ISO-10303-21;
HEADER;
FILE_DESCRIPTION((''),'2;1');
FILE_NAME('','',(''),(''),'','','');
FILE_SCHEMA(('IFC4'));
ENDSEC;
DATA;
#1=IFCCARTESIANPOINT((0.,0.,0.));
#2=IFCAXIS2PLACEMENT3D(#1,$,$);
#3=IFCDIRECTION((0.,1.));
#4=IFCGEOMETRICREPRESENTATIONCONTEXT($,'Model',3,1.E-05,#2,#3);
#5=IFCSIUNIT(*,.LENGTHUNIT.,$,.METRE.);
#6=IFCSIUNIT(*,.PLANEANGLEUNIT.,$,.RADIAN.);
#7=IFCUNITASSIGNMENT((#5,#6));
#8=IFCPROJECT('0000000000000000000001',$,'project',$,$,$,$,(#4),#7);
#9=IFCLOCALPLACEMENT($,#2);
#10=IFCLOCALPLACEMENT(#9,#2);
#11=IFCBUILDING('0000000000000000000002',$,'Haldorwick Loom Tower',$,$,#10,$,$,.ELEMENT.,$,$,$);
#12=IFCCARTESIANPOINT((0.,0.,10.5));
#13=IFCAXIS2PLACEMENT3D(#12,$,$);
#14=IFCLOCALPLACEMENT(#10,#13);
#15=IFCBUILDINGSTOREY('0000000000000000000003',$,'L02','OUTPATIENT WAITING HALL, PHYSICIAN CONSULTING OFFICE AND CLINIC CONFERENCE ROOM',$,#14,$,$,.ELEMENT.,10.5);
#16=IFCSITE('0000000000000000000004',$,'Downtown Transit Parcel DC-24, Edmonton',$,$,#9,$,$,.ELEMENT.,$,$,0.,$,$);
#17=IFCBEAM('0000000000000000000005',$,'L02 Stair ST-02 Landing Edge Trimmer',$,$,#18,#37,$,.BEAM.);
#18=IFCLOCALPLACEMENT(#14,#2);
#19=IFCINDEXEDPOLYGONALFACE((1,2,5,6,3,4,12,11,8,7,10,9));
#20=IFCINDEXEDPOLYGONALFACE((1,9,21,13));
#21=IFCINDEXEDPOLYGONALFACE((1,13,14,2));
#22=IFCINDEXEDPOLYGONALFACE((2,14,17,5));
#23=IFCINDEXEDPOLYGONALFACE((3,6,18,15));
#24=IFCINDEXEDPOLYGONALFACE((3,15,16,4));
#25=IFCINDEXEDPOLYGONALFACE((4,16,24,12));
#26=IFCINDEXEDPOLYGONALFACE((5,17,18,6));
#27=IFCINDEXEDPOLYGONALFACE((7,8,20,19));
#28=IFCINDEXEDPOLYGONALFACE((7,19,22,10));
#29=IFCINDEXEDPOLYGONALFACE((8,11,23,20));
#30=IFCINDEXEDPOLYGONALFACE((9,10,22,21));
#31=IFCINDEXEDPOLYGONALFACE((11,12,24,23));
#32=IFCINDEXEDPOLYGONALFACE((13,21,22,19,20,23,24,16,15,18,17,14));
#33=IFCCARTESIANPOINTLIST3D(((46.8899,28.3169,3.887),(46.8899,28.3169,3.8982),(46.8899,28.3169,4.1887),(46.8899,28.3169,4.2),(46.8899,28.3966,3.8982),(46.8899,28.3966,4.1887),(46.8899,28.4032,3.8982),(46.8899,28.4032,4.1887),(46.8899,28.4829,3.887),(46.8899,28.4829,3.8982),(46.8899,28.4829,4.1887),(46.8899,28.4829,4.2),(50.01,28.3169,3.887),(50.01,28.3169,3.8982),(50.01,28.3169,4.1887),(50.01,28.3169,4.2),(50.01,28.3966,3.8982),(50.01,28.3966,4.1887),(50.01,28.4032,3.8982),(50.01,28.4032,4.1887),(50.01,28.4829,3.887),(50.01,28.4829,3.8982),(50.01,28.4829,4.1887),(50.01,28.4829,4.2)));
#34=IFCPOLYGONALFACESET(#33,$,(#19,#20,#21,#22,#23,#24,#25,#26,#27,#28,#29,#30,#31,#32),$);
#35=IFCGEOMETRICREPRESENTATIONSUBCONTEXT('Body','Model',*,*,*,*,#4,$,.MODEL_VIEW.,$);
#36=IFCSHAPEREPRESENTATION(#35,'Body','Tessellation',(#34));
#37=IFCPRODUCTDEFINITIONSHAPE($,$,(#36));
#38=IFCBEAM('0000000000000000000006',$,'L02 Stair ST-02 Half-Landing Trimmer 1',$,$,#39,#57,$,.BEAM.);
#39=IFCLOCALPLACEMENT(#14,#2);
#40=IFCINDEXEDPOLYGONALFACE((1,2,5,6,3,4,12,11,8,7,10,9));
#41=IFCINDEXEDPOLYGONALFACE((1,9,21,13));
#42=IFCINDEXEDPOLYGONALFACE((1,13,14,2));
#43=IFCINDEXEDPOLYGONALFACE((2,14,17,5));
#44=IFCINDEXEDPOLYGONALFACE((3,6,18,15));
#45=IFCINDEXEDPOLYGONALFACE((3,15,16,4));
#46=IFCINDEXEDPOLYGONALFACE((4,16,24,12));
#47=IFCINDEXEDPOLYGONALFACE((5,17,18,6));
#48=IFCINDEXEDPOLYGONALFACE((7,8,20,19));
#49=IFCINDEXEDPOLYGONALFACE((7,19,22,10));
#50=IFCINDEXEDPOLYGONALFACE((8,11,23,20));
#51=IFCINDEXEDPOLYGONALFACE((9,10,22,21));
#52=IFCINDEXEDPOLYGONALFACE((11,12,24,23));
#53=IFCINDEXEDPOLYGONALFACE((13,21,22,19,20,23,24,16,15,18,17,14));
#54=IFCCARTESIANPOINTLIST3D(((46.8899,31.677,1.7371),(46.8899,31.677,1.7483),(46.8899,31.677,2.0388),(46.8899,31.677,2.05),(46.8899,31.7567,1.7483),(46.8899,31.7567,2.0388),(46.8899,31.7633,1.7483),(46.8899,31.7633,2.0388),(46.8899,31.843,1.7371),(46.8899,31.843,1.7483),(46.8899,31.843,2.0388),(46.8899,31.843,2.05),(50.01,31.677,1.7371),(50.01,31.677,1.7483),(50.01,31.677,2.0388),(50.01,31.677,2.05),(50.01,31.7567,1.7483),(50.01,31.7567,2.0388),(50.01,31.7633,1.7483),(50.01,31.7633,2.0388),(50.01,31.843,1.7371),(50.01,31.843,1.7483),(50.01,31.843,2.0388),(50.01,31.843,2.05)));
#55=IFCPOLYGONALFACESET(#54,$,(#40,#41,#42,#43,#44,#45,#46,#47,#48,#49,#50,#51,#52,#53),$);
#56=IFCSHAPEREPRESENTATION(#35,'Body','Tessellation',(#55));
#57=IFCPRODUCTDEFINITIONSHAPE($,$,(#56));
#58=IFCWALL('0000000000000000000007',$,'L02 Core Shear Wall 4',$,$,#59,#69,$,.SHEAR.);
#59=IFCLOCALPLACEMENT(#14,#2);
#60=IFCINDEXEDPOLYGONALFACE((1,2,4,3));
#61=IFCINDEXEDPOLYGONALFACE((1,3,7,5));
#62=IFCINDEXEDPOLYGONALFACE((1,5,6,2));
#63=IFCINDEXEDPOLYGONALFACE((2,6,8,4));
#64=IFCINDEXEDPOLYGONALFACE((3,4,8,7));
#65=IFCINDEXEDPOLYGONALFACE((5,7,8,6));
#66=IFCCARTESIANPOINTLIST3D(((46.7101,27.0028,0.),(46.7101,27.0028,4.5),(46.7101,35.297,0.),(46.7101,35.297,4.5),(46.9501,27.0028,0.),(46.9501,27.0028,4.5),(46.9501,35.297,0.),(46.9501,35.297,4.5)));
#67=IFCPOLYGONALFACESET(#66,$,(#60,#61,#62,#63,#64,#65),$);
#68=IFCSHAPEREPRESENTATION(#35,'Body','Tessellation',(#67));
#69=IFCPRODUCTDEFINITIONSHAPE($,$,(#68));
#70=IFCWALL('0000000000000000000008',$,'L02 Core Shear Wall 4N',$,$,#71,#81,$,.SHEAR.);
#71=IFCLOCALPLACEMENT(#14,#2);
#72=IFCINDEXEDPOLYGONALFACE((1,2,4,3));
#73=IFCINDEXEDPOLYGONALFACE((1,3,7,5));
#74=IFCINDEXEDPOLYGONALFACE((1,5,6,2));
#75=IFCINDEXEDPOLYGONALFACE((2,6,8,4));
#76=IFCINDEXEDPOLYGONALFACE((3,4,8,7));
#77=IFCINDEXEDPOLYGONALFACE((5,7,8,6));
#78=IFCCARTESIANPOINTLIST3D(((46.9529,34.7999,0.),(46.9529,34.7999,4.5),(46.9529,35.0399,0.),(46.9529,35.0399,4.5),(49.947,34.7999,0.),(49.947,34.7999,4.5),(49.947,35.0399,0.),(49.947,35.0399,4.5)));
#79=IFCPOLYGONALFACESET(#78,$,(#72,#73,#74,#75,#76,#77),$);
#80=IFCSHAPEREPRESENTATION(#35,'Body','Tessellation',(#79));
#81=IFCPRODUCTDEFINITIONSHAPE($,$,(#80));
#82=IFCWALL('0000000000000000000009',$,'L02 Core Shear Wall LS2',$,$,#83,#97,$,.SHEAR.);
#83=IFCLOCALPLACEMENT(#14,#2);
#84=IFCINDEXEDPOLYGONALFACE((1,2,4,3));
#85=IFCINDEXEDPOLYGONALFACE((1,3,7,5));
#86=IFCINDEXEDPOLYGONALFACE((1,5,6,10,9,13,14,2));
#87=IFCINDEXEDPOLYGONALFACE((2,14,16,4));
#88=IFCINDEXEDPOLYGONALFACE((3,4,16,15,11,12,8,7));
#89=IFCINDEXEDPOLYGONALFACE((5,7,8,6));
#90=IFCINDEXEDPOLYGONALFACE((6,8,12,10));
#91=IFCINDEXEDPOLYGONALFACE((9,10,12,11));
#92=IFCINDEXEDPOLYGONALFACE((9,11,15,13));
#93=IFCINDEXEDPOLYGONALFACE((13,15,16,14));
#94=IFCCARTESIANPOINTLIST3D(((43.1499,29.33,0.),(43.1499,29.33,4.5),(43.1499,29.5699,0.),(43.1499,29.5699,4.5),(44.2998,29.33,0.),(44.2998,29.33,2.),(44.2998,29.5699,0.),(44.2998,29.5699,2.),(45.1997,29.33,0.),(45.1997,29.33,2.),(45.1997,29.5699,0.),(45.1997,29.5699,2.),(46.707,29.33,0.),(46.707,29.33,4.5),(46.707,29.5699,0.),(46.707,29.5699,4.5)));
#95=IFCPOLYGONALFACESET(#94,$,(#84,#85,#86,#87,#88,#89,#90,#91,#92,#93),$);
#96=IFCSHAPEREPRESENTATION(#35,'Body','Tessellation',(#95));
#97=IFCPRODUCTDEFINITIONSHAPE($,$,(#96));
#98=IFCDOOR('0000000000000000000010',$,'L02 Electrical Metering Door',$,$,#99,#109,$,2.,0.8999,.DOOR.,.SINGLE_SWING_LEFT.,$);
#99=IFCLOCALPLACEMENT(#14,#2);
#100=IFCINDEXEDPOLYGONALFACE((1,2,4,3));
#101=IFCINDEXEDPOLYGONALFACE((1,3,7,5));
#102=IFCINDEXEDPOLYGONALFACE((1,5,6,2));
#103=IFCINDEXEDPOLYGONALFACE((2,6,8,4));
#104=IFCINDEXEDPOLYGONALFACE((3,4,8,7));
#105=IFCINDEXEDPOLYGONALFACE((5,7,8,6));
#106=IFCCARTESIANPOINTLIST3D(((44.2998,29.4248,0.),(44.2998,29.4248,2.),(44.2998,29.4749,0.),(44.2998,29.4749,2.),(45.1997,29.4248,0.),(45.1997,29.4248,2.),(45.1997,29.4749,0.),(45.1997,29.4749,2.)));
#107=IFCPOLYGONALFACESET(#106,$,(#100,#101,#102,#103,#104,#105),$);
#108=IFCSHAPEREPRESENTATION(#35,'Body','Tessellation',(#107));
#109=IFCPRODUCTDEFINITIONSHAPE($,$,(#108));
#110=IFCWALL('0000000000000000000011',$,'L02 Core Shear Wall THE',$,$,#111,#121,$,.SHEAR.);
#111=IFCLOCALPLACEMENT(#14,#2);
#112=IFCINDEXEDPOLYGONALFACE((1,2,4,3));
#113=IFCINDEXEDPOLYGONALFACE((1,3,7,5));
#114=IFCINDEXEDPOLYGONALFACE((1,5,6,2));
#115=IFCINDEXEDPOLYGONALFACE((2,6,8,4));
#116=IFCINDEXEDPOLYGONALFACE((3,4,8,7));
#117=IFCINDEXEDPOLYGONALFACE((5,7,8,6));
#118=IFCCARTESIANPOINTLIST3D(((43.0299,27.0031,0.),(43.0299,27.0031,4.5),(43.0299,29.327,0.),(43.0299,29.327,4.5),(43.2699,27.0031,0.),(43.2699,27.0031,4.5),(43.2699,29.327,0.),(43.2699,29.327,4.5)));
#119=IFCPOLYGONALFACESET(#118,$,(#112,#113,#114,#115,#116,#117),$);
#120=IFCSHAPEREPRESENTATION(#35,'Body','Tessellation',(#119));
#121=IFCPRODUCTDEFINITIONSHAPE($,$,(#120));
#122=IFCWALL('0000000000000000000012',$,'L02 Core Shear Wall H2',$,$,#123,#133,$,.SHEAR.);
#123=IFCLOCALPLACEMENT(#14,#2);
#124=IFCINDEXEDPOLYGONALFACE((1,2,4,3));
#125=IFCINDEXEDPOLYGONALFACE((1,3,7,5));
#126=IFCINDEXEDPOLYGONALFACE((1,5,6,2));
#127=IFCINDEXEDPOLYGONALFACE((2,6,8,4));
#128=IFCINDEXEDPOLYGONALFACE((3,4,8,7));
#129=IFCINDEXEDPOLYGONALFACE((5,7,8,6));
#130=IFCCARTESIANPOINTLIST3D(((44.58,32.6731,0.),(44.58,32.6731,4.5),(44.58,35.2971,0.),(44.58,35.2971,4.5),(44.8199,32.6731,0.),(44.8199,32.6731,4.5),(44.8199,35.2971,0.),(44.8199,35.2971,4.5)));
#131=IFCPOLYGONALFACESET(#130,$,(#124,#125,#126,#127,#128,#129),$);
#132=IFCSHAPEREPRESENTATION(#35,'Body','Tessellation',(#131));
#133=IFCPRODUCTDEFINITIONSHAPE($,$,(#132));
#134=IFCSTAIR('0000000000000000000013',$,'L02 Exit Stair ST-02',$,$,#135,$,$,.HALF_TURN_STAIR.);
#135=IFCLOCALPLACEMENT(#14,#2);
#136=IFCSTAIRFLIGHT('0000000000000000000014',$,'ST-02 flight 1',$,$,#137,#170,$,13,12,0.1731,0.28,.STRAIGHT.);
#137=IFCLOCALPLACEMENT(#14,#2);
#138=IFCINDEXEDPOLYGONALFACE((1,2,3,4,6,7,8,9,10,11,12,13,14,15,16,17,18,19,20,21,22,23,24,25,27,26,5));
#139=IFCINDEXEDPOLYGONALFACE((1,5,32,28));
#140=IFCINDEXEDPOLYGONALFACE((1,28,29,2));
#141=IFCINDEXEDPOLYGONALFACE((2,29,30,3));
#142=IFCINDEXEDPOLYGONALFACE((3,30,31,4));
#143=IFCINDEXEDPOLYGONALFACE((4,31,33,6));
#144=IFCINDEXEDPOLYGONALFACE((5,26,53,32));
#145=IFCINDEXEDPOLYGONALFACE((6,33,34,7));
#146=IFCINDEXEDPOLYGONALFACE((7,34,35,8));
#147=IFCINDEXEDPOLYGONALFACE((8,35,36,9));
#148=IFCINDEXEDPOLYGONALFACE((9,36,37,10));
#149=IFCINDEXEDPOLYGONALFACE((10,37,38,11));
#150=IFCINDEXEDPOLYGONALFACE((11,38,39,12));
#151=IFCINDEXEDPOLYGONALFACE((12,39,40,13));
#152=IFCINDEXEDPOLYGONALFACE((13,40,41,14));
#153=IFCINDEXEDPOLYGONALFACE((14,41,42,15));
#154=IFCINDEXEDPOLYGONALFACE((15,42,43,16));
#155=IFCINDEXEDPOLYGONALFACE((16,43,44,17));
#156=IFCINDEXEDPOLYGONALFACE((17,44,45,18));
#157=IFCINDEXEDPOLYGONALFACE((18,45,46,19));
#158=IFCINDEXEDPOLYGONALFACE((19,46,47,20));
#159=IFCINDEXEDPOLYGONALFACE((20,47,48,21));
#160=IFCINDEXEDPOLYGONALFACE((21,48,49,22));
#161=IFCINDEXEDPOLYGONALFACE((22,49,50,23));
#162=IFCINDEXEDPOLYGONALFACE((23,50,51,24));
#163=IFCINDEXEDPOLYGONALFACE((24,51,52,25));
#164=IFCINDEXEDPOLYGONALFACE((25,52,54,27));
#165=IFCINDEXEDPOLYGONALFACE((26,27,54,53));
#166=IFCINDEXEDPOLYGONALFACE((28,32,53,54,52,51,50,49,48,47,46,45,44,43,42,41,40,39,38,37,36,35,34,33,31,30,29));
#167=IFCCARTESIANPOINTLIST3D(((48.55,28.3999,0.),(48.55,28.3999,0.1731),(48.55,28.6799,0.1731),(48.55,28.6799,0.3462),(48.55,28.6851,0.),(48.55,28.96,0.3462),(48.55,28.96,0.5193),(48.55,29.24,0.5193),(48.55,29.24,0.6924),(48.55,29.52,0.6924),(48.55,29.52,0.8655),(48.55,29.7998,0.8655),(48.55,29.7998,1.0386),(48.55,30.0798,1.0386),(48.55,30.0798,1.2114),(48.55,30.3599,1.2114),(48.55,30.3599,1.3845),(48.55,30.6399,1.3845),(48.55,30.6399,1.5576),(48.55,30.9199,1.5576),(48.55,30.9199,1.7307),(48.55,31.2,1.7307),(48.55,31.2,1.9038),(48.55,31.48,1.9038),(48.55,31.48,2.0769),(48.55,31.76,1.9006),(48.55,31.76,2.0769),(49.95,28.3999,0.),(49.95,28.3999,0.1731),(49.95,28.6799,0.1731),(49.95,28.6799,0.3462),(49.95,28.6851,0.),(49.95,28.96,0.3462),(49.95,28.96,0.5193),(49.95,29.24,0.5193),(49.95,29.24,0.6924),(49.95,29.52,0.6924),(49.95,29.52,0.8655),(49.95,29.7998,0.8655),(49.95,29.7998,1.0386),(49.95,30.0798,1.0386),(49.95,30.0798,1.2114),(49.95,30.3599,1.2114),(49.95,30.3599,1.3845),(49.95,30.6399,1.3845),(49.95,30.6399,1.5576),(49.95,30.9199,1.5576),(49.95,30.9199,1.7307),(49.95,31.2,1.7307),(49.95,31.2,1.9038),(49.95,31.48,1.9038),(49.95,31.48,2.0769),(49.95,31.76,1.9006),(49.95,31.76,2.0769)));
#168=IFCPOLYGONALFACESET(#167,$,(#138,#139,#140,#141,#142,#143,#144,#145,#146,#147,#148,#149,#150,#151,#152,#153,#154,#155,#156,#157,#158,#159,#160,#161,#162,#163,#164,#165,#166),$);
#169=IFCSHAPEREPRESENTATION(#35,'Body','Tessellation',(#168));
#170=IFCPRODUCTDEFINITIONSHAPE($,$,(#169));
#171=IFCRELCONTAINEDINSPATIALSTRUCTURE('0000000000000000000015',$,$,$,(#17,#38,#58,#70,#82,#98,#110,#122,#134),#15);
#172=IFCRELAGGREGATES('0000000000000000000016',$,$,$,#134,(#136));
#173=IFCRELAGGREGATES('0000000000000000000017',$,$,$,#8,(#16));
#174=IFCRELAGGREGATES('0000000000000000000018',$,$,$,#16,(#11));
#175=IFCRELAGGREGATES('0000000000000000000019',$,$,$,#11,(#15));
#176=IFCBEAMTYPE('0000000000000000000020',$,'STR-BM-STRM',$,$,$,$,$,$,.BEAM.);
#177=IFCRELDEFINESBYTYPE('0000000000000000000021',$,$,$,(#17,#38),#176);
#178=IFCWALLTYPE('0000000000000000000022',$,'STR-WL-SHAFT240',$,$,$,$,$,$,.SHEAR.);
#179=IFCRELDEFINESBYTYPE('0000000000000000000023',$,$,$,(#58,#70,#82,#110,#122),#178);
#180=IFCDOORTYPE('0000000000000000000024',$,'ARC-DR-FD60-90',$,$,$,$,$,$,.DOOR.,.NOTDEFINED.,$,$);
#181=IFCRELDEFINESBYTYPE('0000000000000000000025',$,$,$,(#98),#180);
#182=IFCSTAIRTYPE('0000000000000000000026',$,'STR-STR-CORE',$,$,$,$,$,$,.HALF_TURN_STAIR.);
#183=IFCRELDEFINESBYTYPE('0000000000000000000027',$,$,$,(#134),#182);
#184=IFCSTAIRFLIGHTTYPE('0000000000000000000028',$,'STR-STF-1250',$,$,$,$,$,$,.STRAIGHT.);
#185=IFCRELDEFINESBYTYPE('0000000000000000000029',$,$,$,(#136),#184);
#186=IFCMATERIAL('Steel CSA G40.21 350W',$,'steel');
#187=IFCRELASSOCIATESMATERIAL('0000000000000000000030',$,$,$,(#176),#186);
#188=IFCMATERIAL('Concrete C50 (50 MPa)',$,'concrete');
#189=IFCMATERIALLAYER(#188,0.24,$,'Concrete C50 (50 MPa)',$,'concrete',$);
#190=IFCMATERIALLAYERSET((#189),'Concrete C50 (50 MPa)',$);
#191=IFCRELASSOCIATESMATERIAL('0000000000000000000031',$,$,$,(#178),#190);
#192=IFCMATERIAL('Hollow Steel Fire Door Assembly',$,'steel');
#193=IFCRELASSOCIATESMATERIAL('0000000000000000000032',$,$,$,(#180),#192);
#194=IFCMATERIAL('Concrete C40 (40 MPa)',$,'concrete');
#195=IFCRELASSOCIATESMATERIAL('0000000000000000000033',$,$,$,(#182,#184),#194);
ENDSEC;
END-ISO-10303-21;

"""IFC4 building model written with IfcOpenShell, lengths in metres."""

from ifc_helpers import new_model, si_unit, direction, frame, frame_2d, origin, origin_2d, place, context, subcontext, project, spatial, polyline, rectangle, i_section, outline, extrude, material, layer, layer_set, material_profile, profile_set, type_object, element, fill, aggregate, save


model = new_model("IFC4")

# Units and contexts
model_context = context("Model", 3, precision=1e-05, world=origin(), true_north=direction((0.0, 1.0)))
body_context = subcontext(model_context, "Body", "Model", "MODEL_VIEW")
ifc_project = project(units=[si_unit("LENGTHUNIT", "METRE"), si_unit("PLANEANGLEUNIT", "RADIAN")], contexts=[model_context])

# Site, building, storey
site_placement = place(None, origin())
site = spatial("IfcSite", under=ifc_project, at=site_placement, Name="Downtown Transit Parcel DC-24, Edmonton", CompositionType="ELEMENT", RefElevation=0.0)
building_placement = place(site_placement, origin())
building = spatial("IfcBuilding", under=site, at=building_placement, Name="Haldorwick Loom Tower", CompositionType="ELEMENT")
storey_placement = place(building_placement, frame((0.0, 0.0, 10.5)))
storey = spatial("IfcBuildingStorey", under=building, at=storey_placement, Name="L02", Description="OUTPATIENT WAITING HALL, PHYSICIAN CONSULTING OFFICE AND CLINIC CONFERENCE ROOM", CompositionType="ELEMENT", Elevation=10.5)

# Beams
ifc_material_1 = material(Name="Steel CSA G40.21 350W", Category="steel")
ifc_material_profile_1 = material_profile(ifc_material_1, i_section(OverallWidth=0.166, OverallDepth=0.313, WebThickness=0.0066, FlangeThickness=0.0112, at=origin_2d()), Name="W310X45", Category="steel")
ifc_profile_set_1 = profile_set([ifc_material_profile_1], Name="Steel CSA G40.21 350W")
beam_type = type_object("IfcBeamType", Name="STR-BM-STRM", PredefinedType="BEAM", material=ifc_profile_set_1)
for number, where, z_axis, x_axis, name in (
    (1, (46.8899, 28.3999, 4.0435), (1.0, 0.0, 0.0), (0.0, 1.0, 0.0), "L02 Stair ST-02 Landing Edge Trimmer"),
    (2, (46.8899, 31.76, 1.8936), (1.0, 0.0, 0.0), (0.0, 1.0, 0.0), "L02 Stair ST-02 Half-Landing Trimmer 1"),
):
    element("IfcBeam", number, at=place(storey_placement, frame(where, z_axis=z_axis, x_axis=x_axis)), inside=storey, type_object=beam_type, Name=name, PredefinedType="BEAM", context=body_context, shape_type="SweptSolid", body=[
        extrude(i_section(OverallWidth=0.166, OverallDepth=0.313, WebThickness=0.0066, FlangeThickness=0.0112, at=origin_2d()), origin(), (0.0, 0.0, 1.0), 3.1201),
    ])

# Walls
ifc_material_2 = material(Name="Concrete C50 (50 MPa)", Category="concrete")
ifc_layer = layer(ifc_material_2, 0.24, Name="Concrete C50 (50 MPa)", Category="concrete")
ifc_layer_set = layer_set([ifc_layer], Name="Concrete C50 (50 MPa)")
wall_type = type_object("IfcWallType", Name="STR-WL-SHAFT240", PredefinedType="SHEAR", material=ifc_layer_set)
wall_1_placement = place(storey_placement, frame((46.8301, 27.0029, 0.0), z_axis=(0.0, 0.0, 1.0), x_axis=(0.0, 1.0, 0.0)))
element("IfcWall", 3, at=wall_1_placement, inside=storey, type_object=wall_type, Name="L02 Core Shear Wall 4", PredefinedType="SHEAR", context=body_context, shape_type="SweptSolid", body=[
    extrude(rectangle(XDim=8.2942, YDim=0.24, at=frame_2d((4.147, 0.0))), origin(), (0.0, 0.0, 1.0), 4.5),
])
wall_2_placement = place(storey_placement, frame((46.9529, 34.9199, 0.0), z_axis=(0.0, 0.0, 1.0), x_axis=(1.0, 0.0, 0.0)))
element("IfcWall", 4, at=wall_2_placement, inside=storey, type_object=wall_type, Name="L02 Core Shear Wall 4N", PredefinedType="SHEAR", context=body_context, shape_type="SweptSolid", body=[
    extrude(rectangle(XDim=2.9941, YDim=0.24, at=frame_2d((1.4971, 0.0))), origin(), (0.0, 0.0, 1.0), 4.5),
])

# Wall, opening, door
wall_3_placement = place(storey_placement, frame((43.1499, 29.45, 0.0), z_axis=(0.0, 0.0, 1.0), x_axis=(1.0, 0.0, 0.0)))
wall_3 = element("IfcWall", 5, at=wall_3_placement, inside=storey, type_object=wall_type, Name="L02 Core Shear Wall LS2", PredefinedType="SHEAR", context=body_context, shape_type="SweptSolid", body=[
    extrude(rectangle(XDim=3.5571, YDim=0.24, at=frame_2d((1.7786, 0.0))), origin(), (0.0, 0.0, 1.0), 4.5),
])
opening_placement = place(wall_3_placement, frame((1.1499, 0.0, 0.0)))
opening = element("IfcOpeningElement", 6, at=opening_placement, cuts=wall_3, PredefinedType="OPENING", context=body_context, shape_type="SweptSolid", body=[
    extrude(rectangle(XDim=0.8999, YDim=2.0, at=frame_2d((0.45, 1.0))), frame((0.0, 0.1299, 0.0), z_axis=(0.0, -1.0, 0.0), x_axis=(1.0, 0.0, 0.0)), (0.0, 0.0, 1.0), 0.26),
])
ifc_material_3 = material(Name="Hollow Steel Fire Door Assembly", Category="steel")
door_type = type_object("IfcDoorType", Name="ARC-DR-FD60-90", OperationType="NOTDEFINED", PredefinedType="DOOR", material=ifc_material_3)
door_placement = place(opening_placement, origin())
door = element("IfcDoor", 7, at=door_placement, inside=storey, type_object=door_type, Name="L02 Electrical Metering Door", OperationType="SINGLE_SWING_LEFT", OverallHeight=2.0, OverallWidth=0.8999, PredefinedType="DOOR", context=body_context, shape_type="SweptSolid", body=[
    extrude(rectangle(XDim=0.8999, YDim=2.0, at=frame_2d((0.45, 1.0))), frame((0.0, 0.0249, 0.0), z_axis=(0.0, -1.0, 0.0), x_axis=(1.0, 0.0, 0.0)), (0.0, 0.0, 1.0), 0.05),
])
fill(opening, door)

# Walls
wall_4_placement = place(storey_placement, frame((43.1499, 27.0029, 0.0), z_axis=(0.0, 0.0, 1.0), x_axis=(0.0, 1.0, 0.0)))
element("IfcWall", 8, at=wall_4_placement, inside=storey, type_object=wall_type, Name="L02 Core Shear Wall THE", PredefinedType="SHEAR", context=body_context, shape_type="SweptSolid", body=[
    extrude(rectangle(XDim=2.324, YDim=0.24, at=frame_2d((1.1621, 0.0))), origin(), (0.0, 0.0, 1.0), 4.5),
])
wall_5_placement = place(storey_placement, frame((44.7, 32.6731, 0.0), z_axis=(0.0, 0.0, 1.0), x_axis=(0.0, 1.0, 0.0)))
element("IfcWall", 9, at=wall_5_placement, inside=storey, type_object=wall_type, Name="L02 Core Shear Wall H2", PredefinedType="SHEAR", context=body_context, shape_type="SweptSolid", body=[
    extrude(rectangle(XDim=2.624, YDim=0.24, at=frame_2d((1.312, 0.0))), origin(), (0.0, 0.0, 1.0), 4.5),
])

# Stair, stair flight
ifc_material_4 = material(Name="Concrete C40 (40 MPa)", Category="concrete")
stair_type = type_object("IfcStairType", Name="STR-STR-CORE", PredefinedType="HALF_TURN_STAIR", material=ifc_material_4)
stair_placement = place(storey_placement, origin())
stair = element("IfcStair", 10, at=stair_placement, inside=storey, type_object=stair_type, Name="L02 Exit Stair ST-02", PredefinedType="HALF_TURN_STAIR")
stair_flight_type = type_object("IfcStairFlightType", Name="STR-STF-1250", PredefinedType="STRAIGHT", material=ifc_material_4)
stair_flight_1_placement = place(storey_placement, frame((49.25, 28.3999, 0.0), z_axis=(0.0, 0.0, 1.0), x_axis=(0.0, 1.0, 0.0)))
stair_flight_1 = element("IfcStairFlight", 11, at=stair_flight_1_placement, type_object=stair_flight_type, Name="ST-02 flight 1", NumberOfRisers=13, NumberOfTreads=12, PredefinedType="STRAIGHT", RiserHeight=0.1731, TreadLength=0.28, context=body_context, shape_type="SweptSolid", body=[
    extrude(outline(polyline([(0.0, 0.0), (0.0, 0.1731), (0.28, 0.1731), (0.28, 0.3462), (0.5601, 0.3462), (0.5601, 0.5193), (0.8401, 0.5193), (0.8401, 0.6924), (1.1201, 0.6924), (1.1201, 0.8655), (1.3999, 0.8655), (1.3999, 1.0386), (1.6799, 1.0386), (1.6799, 1.2114), (1.96, 1.2114), (1.96, 1.3845), (2.24, 1.3845), (2.24, 1.5576), (2.52, 1.5576), (2.52, 1.7307), (2.8, 1.7307), (2.8, 1.9038), (3.0801, 1.9038), (3.0801, 2.0769), (3.3601, 2.0769), (3.3601, 2.25), (3.3601, 1.9006), (0.2852, 0.0), (0.0, 0.0)])), frame((0.0, 0.7, 0.0), z_axis=(0.0, -1.0, 0.0), x_axis=(1.0, 0.0, 0.0)), (0.0, 0.0, 1.0), 1.3999),
])
aggregate(stair, [stair_flight_1])

save(model, "model.ifc")
